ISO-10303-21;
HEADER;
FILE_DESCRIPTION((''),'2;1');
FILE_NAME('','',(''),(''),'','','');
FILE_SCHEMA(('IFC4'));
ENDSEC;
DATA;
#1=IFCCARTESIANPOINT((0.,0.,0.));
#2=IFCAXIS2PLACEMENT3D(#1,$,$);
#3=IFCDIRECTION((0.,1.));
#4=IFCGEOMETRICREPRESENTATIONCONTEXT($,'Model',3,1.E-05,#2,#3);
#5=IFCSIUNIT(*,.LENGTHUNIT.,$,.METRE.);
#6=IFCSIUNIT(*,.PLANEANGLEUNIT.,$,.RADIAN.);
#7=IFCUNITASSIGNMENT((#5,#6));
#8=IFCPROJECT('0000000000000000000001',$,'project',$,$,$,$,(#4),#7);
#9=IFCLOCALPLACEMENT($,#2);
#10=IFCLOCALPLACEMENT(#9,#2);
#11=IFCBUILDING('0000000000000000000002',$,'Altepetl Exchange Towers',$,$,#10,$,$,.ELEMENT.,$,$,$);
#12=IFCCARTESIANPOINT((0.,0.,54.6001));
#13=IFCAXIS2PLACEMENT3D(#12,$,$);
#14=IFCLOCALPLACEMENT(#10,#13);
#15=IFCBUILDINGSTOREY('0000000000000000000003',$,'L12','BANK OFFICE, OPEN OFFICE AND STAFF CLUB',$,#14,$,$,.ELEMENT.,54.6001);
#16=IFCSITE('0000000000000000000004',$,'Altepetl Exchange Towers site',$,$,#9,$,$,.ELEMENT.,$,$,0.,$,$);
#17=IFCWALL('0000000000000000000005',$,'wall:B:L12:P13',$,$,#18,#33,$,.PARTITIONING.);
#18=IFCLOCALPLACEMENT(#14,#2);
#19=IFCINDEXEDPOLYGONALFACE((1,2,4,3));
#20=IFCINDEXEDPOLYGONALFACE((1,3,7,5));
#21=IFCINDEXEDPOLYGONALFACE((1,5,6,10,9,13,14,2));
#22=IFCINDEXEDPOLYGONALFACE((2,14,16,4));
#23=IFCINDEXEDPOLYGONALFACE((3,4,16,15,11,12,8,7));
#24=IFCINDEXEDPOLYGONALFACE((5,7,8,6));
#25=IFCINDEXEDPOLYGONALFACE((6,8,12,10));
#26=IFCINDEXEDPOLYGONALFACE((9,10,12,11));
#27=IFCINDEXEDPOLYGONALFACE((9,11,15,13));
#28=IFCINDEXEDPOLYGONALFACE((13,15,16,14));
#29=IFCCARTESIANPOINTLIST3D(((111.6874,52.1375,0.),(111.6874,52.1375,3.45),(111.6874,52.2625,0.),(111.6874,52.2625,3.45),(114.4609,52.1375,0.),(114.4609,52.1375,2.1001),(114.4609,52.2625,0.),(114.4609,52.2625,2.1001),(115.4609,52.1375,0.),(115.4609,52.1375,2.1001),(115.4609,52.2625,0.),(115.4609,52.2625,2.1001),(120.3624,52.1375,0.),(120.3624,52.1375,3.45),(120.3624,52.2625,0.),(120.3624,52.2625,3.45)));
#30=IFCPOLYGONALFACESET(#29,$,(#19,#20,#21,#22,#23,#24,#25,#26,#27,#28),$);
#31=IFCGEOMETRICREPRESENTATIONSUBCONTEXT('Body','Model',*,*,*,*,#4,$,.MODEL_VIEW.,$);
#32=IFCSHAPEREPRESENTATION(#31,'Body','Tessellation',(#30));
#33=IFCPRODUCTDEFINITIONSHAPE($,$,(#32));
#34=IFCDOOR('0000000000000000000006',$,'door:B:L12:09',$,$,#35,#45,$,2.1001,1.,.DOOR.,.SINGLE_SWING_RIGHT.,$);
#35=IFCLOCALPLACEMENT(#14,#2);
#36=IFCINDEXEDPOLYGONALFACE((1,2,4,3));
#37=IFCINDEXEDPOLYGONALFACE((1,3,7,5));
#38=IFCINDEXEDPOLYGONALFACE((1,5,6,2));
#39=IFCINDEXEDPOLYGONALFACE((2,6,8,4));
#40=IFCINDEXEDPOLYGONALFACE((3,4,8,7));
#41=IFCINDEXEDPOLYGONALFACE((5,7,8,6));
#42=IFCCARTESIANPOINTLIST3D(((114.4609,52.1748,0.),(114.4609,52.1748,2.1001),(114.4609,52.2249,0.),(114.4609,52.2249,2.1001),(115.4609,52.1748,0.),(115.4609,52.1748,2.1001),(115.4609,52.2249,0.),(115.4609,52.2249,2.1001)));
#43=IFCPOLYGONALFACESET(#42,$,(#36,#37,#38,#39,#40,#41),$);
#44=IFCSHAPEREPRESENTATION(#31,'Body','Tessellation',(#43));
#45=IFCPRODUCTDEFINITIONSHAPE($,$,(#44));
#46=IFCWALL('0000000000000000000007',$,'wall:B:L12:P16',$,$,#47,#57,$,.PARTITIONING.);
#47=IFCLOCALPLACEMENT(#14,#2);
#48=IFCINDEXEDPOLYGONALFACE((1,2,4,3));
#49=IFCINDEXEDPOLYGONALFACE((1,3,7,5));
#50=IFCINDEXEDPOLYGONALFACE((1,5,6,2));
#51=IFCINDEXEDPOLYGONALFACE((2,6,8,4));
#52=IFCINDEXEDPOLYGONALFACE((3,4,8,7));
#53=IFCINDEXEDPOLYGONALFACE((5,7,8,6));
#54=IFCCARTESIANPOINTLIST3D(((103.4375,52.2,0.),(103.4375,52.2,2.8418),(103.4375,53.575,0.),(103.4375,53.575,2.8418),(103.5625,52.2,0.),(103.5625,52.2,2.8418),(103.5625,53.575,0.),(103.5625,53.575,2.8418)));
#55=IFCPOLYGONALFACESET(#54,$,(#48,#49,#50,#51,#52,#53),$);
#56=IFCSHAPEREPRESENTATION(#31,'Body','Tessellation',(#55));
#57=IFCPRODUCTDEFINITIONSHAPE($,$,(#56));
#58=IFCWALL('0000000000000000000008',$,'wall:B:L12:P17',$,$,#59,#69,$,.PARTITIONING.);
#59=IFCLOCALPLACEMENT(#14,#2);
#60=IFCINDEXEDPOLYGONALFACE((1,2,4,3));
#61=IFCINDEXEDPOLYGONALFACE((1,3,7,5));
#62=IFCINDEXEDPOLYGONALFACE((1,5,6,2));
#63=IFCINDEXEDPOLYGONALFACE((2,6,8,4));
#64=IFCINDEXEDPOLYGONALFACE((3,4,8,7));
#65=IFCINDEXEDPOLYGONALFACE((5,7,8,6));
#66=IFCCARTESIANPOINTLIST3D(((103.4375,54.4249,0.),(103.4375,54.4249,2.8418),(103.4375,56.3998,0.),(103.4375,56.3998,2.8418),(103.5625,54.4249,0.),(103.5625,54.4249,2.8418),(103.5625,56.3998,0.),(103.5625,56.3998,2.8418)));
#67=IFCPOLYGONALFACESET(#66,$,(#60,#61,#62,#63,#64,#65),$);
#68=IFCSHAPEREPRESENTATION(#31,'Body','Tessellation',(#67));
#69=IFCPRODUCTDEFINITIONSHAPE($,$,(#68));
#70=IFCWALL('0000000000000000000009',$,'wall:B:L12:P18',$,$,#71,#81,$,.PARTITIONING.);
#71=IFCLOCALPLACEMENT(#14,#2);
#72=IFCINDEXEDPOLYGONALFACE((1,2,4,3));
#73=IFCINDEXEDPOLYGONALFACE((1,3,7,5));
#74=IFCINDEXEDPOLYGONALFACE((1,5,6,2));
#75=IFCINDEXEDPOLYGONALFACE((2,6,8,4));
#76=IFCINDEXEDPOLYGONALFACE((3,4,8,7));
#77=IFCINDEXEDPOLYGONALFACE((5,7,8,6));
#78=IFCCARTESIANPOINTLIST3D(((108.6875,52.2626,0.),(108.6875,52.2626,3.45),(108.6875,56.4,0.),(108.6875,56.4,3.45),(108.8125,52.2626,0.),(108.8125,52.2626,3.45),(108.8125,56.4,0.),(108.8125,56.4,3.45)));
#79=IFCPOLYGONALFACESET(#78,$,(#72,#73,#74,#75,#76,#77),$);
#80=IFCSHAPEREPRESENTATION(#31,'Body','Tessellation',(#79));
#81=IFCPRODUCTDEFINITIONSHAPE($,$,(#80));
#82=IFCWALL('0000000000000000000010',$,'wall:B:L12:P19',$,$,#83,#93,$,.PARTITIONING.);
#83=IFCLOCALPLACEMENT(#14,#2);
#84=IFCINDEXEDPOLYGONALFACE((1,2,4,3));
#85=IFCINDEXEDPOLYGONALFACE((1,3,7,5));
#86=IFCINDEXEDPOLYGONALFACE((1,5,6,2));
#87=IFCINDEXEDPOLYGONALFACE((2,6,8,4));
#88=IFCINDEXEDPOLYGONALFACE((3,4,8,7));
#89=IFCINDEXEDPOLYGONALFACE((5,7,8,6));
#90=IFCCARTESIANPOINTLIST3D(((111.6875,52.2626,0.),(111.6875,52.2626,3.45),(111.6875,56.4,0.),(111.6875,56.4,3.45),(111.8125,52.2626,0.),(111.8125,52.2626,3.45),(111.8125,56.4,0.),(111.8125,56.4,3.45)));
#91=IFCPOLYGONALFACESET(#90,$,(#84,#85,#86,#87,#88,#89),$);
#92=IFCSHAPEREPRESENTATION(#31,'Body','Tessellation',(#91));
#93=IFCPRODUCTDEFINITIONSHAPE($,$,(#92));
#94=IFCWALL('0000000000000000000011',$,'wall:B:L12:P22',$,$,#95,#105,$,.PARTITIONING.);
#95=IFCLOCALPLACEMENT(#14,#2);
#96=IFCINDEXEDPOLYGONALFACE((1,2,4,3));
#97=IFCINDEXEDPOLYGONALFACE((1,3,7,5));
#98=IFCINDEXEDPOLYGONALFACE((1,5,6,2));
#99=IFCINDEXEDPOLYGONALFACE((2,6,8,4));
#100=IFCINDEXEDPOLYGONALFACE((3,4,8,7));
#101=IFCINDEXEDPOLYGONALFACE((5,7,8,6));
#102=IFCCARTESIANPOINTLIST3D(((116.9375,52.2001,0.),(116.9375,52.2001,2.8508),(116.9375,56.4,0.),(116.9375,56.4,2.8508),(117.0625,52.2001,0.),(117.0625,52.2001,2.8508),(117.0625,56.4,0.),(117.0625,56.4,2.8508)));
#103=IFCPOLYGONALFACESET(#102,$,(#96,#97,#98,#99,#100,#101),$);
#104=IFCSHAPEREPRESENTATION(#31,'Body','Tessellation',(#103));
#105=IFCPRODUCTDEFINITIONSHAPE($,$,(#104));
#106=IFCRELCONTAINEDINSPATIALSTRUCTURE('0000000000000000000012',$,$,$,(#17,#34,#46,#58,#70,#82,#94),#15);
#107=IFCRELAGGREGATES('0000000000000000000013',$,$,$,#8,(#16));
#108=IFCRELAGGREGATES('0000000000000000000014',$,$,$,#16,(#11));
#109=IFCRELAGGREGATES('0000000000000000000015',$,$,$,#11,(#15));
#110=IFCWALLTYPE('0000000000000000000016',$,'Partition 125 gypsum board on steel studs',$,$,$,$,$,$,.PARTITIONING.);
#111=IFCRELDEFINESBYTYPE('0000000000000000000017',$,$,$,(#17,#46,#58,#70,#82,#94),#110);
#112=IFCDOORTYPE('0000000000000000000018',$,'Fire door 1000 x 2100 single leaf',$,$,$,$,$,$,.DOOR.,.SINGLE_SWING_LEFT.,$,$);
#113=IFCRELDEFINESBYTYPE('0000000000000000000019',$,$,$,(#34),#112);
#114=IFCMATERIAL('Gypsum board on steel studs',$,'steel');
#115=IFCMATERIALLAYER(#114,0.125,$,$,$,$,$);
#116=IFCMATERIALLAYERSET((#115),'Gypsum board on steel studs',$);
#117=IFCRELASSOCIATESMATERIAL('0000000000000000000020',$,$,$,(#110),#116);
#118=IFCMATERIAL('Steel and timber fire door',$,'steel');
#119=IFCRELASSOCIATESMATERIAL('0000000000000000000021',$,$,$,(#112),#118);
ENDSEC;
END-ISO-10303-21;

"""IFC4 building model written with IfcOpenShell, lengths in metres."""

from ifc_helpers import new_model, si_unit, direction, frame, frame_2d, origin, place, context, subcontext, project, spatial, rectangle, extrude, material, layer, layer_set, type_object, element, fill, save


model = new_model("IFC4")

# Units and contexts
model_context = context("Model", 3, precision=1e-05, world=origin(), true_north=direction((0.0, 1.0)))
body_context = subcontext(model_context, "Body", "Model", "MODEL_VIEW")
ifc_project = project(units=[si_unit("LENGTHUNIT", "METRE"), si_unit("PLANEANGLEUNIT", "RADIAN")], contexts=[model_context])

# Site, building, storey
site_placement = place(None, origin())
site = spatial("IfcSite", under=ifc_project, at=site_placement, Name="Altepetl Exchange Towers site", CompositionType="ELEMENT", RefElevation=0.0)
building_placement = place(site_placement, origin())
building = spatial("IfcBuilding", under=site, at=building_placement, Name="Altepetl Exchange Towers", CompositionType="ELEMENT")
storey_placement = place(building_placement, frame((0.0, 0.0, 54.6001)))
storey = spatial("IfcBuildingStorey", under=building, at=storey_placement, Name="L12", Description="BANK OFFICE, OPEN OFFICE AND STAFF CLUB", CompositionType="ELEMENT", Elevation=54.6001)

# Wall, opening, door
ifc_material_1 = material(Name="Gypsum board on steel studs", Category="steel")
ifc_layer_1 = layer(ifc_material_1, 0.125)
ifc_layer_set_1 = layer_set([ifc_layer_1], Name="Gypsum board on steel studs")
wall_type = type_object("IfcWallType", Name="Partition 125 gypsum board on steel studs", PredefinedType="PARTITIONING", material=ifc_layer_set_1)
wall_1_placement = place(storey_placement, frame((111.6875, 52.2, 0.0)))
wall_1 = element("IfcWall", 1, at=wall_1_placement, inside=storey, type_object=wall_type, Name="wall:B:L12:P13", PredefinedType="PARTITIONING", context=body_context, shape_type="SweptSolid", body=[
    extrude(rectangle(XDim=8.675, YDim=0.125, at=frame_2d((4.3374, 0.0))), origin(), (0.0, 0.0, 1.0), 3.45),
])
opening_placement = place(wall_1_placement, frame((2.7734, 0.0, 0.0)))
opening = element("IfcOpeningElement", 2, at=opening_placement, cuts=wall_1, PredefinedType="OPENING", context=body_context, shape_type="SweptSolid", body=[
    extrude(rectangle(XDim=1.0, YDim=2.1001, at=frame_2d((0.5, 1.05))), frame((0.0, 0.0725, 0.0), z_axis=(0.0, -1.0, 0.0), x_axis=(1.0, 0.0, 0.0)), (0.0, 0.0, 1.0), 0.145),
])
ifc_material_2 = material(Name="Steel and timber fire door", Category="steel")
door_type = type_object("IfcDoorType", Name="Fire door 1000 x 2100 single leaf", OperationType="SINGLE_SWING_LEFT", PredefinedType="DOOR", material=ifc_material_2)
door_placement = place(opening_placement, origin())
door = element("IfcDoor", 3, at=door_placement, inside=storey, type_object=door_type, Name="door:B:L12:09", OperationType="SINGLE_SWING_RIGHT", OverallHeight=2.1001, OverallWidth=1.0, PredefinedType="DOOR", context=body_context, shape_type="SweptSolid", body=[
    extrude(rectangle(XDim=1.0, YDim=2.1001, at=frame_2d((0.5, 1.05))), frame((0.0, 0.0249, 0.0), z_axis=(0.0, -1.0, 0.0), x_axis=(1.0, 0.0, 0.0)), (0.0, 0.0, 1.0), 0.05),
])
fill(opening, door)

# Walls
wall_2_placement = place(storey_placement, frame((103.5, 52.2, 0.0), z_axis=(0.0, 0.0, 1.0), x_axis=(0.0, 1.0, 0.0)))
element("IfcWall", 4, at=wall_2_placement, inside=storey, type_object=wall_type, Name="wall:B:L12:P16", PredefinedType="PARTITIONING", context=body_context, shape_type="SweptSolid", body=[
    extrude(rectangle(XDim=1.375, YDim=0.125, at=frame_2d((0.6875, 0.0))), origin(), (0.0, 0.0, 1.0), 2.8418),
])
wall_3_placement = place(storey_placement, frame((103.5, 54.425, 0.0), z_axis=(0.0, 0.0, 1.0), x_axis=(0.0, 1.0, 0.0)))
element("IfcWall", 5, at=wall_3_placement, inside=storey, type_object=wall_type, Name="wall:B:L12:P17", PredefinedType="PARTITIONING", context=body_context, shape_type="SweptSolid", body=[
    extrude(rectangle(XDim=1.9749, YDim=0.125, at=frame_2d((0.9873, 0.0))), origin(), (0.0, 0.0, 1.0), 2.8418),
])
for number, where, z_axis, x_axis, name in (
    (6, (108.75, 52.2625, 0.0), (0.0, 0.0, 1.0), (0.0, 1.0, 0.0), "wall:B:L12:P18"),
    (7, (111.75, 52.2625, 0.0), (0.0, 0.0, 1.0), (0.0, 1.0, 0.0), "wall:B:L12:P19"),
):
    element("IfcWall", number, at=place(storey_placement, frame(where, z_axis=z_axis, x_axis=x_axis)), inside=storey, type_object=wall_type, Name=name, PredefinedType="PARTITIONING", context=body_context, shape_type="SweptSolid", body=[
        extrude(rectangle(XDim=4.1375, YDim=0.125, at=frame_2d((2.0688, 0.0))), origin(), (0.0, 0.0, 1.0), 3.45),
    ])
wall_4_placement = place(storey_placement, frame((117.0, 52.2, 0.0), z_axis=(0.0, 0.0, 1.0), x_axis=(0.0, 1.0, 0.0)))
element("IfcWall", 8, at=wall_4_placement, inside=storey, type_object=wall_type, Name="wall:B:L12:P22", PredefinedType="PARTITIONING", context=body_context, shape_type="SweptSolid", body=[
    extrude(rectangle(XDim=4.2, YDim=0.125, at=frame_2d((2.1001, 0.0))), origin(), (0.0, 0.0, 1.0), 2.8508),
])

save(model, "model.ifc")
